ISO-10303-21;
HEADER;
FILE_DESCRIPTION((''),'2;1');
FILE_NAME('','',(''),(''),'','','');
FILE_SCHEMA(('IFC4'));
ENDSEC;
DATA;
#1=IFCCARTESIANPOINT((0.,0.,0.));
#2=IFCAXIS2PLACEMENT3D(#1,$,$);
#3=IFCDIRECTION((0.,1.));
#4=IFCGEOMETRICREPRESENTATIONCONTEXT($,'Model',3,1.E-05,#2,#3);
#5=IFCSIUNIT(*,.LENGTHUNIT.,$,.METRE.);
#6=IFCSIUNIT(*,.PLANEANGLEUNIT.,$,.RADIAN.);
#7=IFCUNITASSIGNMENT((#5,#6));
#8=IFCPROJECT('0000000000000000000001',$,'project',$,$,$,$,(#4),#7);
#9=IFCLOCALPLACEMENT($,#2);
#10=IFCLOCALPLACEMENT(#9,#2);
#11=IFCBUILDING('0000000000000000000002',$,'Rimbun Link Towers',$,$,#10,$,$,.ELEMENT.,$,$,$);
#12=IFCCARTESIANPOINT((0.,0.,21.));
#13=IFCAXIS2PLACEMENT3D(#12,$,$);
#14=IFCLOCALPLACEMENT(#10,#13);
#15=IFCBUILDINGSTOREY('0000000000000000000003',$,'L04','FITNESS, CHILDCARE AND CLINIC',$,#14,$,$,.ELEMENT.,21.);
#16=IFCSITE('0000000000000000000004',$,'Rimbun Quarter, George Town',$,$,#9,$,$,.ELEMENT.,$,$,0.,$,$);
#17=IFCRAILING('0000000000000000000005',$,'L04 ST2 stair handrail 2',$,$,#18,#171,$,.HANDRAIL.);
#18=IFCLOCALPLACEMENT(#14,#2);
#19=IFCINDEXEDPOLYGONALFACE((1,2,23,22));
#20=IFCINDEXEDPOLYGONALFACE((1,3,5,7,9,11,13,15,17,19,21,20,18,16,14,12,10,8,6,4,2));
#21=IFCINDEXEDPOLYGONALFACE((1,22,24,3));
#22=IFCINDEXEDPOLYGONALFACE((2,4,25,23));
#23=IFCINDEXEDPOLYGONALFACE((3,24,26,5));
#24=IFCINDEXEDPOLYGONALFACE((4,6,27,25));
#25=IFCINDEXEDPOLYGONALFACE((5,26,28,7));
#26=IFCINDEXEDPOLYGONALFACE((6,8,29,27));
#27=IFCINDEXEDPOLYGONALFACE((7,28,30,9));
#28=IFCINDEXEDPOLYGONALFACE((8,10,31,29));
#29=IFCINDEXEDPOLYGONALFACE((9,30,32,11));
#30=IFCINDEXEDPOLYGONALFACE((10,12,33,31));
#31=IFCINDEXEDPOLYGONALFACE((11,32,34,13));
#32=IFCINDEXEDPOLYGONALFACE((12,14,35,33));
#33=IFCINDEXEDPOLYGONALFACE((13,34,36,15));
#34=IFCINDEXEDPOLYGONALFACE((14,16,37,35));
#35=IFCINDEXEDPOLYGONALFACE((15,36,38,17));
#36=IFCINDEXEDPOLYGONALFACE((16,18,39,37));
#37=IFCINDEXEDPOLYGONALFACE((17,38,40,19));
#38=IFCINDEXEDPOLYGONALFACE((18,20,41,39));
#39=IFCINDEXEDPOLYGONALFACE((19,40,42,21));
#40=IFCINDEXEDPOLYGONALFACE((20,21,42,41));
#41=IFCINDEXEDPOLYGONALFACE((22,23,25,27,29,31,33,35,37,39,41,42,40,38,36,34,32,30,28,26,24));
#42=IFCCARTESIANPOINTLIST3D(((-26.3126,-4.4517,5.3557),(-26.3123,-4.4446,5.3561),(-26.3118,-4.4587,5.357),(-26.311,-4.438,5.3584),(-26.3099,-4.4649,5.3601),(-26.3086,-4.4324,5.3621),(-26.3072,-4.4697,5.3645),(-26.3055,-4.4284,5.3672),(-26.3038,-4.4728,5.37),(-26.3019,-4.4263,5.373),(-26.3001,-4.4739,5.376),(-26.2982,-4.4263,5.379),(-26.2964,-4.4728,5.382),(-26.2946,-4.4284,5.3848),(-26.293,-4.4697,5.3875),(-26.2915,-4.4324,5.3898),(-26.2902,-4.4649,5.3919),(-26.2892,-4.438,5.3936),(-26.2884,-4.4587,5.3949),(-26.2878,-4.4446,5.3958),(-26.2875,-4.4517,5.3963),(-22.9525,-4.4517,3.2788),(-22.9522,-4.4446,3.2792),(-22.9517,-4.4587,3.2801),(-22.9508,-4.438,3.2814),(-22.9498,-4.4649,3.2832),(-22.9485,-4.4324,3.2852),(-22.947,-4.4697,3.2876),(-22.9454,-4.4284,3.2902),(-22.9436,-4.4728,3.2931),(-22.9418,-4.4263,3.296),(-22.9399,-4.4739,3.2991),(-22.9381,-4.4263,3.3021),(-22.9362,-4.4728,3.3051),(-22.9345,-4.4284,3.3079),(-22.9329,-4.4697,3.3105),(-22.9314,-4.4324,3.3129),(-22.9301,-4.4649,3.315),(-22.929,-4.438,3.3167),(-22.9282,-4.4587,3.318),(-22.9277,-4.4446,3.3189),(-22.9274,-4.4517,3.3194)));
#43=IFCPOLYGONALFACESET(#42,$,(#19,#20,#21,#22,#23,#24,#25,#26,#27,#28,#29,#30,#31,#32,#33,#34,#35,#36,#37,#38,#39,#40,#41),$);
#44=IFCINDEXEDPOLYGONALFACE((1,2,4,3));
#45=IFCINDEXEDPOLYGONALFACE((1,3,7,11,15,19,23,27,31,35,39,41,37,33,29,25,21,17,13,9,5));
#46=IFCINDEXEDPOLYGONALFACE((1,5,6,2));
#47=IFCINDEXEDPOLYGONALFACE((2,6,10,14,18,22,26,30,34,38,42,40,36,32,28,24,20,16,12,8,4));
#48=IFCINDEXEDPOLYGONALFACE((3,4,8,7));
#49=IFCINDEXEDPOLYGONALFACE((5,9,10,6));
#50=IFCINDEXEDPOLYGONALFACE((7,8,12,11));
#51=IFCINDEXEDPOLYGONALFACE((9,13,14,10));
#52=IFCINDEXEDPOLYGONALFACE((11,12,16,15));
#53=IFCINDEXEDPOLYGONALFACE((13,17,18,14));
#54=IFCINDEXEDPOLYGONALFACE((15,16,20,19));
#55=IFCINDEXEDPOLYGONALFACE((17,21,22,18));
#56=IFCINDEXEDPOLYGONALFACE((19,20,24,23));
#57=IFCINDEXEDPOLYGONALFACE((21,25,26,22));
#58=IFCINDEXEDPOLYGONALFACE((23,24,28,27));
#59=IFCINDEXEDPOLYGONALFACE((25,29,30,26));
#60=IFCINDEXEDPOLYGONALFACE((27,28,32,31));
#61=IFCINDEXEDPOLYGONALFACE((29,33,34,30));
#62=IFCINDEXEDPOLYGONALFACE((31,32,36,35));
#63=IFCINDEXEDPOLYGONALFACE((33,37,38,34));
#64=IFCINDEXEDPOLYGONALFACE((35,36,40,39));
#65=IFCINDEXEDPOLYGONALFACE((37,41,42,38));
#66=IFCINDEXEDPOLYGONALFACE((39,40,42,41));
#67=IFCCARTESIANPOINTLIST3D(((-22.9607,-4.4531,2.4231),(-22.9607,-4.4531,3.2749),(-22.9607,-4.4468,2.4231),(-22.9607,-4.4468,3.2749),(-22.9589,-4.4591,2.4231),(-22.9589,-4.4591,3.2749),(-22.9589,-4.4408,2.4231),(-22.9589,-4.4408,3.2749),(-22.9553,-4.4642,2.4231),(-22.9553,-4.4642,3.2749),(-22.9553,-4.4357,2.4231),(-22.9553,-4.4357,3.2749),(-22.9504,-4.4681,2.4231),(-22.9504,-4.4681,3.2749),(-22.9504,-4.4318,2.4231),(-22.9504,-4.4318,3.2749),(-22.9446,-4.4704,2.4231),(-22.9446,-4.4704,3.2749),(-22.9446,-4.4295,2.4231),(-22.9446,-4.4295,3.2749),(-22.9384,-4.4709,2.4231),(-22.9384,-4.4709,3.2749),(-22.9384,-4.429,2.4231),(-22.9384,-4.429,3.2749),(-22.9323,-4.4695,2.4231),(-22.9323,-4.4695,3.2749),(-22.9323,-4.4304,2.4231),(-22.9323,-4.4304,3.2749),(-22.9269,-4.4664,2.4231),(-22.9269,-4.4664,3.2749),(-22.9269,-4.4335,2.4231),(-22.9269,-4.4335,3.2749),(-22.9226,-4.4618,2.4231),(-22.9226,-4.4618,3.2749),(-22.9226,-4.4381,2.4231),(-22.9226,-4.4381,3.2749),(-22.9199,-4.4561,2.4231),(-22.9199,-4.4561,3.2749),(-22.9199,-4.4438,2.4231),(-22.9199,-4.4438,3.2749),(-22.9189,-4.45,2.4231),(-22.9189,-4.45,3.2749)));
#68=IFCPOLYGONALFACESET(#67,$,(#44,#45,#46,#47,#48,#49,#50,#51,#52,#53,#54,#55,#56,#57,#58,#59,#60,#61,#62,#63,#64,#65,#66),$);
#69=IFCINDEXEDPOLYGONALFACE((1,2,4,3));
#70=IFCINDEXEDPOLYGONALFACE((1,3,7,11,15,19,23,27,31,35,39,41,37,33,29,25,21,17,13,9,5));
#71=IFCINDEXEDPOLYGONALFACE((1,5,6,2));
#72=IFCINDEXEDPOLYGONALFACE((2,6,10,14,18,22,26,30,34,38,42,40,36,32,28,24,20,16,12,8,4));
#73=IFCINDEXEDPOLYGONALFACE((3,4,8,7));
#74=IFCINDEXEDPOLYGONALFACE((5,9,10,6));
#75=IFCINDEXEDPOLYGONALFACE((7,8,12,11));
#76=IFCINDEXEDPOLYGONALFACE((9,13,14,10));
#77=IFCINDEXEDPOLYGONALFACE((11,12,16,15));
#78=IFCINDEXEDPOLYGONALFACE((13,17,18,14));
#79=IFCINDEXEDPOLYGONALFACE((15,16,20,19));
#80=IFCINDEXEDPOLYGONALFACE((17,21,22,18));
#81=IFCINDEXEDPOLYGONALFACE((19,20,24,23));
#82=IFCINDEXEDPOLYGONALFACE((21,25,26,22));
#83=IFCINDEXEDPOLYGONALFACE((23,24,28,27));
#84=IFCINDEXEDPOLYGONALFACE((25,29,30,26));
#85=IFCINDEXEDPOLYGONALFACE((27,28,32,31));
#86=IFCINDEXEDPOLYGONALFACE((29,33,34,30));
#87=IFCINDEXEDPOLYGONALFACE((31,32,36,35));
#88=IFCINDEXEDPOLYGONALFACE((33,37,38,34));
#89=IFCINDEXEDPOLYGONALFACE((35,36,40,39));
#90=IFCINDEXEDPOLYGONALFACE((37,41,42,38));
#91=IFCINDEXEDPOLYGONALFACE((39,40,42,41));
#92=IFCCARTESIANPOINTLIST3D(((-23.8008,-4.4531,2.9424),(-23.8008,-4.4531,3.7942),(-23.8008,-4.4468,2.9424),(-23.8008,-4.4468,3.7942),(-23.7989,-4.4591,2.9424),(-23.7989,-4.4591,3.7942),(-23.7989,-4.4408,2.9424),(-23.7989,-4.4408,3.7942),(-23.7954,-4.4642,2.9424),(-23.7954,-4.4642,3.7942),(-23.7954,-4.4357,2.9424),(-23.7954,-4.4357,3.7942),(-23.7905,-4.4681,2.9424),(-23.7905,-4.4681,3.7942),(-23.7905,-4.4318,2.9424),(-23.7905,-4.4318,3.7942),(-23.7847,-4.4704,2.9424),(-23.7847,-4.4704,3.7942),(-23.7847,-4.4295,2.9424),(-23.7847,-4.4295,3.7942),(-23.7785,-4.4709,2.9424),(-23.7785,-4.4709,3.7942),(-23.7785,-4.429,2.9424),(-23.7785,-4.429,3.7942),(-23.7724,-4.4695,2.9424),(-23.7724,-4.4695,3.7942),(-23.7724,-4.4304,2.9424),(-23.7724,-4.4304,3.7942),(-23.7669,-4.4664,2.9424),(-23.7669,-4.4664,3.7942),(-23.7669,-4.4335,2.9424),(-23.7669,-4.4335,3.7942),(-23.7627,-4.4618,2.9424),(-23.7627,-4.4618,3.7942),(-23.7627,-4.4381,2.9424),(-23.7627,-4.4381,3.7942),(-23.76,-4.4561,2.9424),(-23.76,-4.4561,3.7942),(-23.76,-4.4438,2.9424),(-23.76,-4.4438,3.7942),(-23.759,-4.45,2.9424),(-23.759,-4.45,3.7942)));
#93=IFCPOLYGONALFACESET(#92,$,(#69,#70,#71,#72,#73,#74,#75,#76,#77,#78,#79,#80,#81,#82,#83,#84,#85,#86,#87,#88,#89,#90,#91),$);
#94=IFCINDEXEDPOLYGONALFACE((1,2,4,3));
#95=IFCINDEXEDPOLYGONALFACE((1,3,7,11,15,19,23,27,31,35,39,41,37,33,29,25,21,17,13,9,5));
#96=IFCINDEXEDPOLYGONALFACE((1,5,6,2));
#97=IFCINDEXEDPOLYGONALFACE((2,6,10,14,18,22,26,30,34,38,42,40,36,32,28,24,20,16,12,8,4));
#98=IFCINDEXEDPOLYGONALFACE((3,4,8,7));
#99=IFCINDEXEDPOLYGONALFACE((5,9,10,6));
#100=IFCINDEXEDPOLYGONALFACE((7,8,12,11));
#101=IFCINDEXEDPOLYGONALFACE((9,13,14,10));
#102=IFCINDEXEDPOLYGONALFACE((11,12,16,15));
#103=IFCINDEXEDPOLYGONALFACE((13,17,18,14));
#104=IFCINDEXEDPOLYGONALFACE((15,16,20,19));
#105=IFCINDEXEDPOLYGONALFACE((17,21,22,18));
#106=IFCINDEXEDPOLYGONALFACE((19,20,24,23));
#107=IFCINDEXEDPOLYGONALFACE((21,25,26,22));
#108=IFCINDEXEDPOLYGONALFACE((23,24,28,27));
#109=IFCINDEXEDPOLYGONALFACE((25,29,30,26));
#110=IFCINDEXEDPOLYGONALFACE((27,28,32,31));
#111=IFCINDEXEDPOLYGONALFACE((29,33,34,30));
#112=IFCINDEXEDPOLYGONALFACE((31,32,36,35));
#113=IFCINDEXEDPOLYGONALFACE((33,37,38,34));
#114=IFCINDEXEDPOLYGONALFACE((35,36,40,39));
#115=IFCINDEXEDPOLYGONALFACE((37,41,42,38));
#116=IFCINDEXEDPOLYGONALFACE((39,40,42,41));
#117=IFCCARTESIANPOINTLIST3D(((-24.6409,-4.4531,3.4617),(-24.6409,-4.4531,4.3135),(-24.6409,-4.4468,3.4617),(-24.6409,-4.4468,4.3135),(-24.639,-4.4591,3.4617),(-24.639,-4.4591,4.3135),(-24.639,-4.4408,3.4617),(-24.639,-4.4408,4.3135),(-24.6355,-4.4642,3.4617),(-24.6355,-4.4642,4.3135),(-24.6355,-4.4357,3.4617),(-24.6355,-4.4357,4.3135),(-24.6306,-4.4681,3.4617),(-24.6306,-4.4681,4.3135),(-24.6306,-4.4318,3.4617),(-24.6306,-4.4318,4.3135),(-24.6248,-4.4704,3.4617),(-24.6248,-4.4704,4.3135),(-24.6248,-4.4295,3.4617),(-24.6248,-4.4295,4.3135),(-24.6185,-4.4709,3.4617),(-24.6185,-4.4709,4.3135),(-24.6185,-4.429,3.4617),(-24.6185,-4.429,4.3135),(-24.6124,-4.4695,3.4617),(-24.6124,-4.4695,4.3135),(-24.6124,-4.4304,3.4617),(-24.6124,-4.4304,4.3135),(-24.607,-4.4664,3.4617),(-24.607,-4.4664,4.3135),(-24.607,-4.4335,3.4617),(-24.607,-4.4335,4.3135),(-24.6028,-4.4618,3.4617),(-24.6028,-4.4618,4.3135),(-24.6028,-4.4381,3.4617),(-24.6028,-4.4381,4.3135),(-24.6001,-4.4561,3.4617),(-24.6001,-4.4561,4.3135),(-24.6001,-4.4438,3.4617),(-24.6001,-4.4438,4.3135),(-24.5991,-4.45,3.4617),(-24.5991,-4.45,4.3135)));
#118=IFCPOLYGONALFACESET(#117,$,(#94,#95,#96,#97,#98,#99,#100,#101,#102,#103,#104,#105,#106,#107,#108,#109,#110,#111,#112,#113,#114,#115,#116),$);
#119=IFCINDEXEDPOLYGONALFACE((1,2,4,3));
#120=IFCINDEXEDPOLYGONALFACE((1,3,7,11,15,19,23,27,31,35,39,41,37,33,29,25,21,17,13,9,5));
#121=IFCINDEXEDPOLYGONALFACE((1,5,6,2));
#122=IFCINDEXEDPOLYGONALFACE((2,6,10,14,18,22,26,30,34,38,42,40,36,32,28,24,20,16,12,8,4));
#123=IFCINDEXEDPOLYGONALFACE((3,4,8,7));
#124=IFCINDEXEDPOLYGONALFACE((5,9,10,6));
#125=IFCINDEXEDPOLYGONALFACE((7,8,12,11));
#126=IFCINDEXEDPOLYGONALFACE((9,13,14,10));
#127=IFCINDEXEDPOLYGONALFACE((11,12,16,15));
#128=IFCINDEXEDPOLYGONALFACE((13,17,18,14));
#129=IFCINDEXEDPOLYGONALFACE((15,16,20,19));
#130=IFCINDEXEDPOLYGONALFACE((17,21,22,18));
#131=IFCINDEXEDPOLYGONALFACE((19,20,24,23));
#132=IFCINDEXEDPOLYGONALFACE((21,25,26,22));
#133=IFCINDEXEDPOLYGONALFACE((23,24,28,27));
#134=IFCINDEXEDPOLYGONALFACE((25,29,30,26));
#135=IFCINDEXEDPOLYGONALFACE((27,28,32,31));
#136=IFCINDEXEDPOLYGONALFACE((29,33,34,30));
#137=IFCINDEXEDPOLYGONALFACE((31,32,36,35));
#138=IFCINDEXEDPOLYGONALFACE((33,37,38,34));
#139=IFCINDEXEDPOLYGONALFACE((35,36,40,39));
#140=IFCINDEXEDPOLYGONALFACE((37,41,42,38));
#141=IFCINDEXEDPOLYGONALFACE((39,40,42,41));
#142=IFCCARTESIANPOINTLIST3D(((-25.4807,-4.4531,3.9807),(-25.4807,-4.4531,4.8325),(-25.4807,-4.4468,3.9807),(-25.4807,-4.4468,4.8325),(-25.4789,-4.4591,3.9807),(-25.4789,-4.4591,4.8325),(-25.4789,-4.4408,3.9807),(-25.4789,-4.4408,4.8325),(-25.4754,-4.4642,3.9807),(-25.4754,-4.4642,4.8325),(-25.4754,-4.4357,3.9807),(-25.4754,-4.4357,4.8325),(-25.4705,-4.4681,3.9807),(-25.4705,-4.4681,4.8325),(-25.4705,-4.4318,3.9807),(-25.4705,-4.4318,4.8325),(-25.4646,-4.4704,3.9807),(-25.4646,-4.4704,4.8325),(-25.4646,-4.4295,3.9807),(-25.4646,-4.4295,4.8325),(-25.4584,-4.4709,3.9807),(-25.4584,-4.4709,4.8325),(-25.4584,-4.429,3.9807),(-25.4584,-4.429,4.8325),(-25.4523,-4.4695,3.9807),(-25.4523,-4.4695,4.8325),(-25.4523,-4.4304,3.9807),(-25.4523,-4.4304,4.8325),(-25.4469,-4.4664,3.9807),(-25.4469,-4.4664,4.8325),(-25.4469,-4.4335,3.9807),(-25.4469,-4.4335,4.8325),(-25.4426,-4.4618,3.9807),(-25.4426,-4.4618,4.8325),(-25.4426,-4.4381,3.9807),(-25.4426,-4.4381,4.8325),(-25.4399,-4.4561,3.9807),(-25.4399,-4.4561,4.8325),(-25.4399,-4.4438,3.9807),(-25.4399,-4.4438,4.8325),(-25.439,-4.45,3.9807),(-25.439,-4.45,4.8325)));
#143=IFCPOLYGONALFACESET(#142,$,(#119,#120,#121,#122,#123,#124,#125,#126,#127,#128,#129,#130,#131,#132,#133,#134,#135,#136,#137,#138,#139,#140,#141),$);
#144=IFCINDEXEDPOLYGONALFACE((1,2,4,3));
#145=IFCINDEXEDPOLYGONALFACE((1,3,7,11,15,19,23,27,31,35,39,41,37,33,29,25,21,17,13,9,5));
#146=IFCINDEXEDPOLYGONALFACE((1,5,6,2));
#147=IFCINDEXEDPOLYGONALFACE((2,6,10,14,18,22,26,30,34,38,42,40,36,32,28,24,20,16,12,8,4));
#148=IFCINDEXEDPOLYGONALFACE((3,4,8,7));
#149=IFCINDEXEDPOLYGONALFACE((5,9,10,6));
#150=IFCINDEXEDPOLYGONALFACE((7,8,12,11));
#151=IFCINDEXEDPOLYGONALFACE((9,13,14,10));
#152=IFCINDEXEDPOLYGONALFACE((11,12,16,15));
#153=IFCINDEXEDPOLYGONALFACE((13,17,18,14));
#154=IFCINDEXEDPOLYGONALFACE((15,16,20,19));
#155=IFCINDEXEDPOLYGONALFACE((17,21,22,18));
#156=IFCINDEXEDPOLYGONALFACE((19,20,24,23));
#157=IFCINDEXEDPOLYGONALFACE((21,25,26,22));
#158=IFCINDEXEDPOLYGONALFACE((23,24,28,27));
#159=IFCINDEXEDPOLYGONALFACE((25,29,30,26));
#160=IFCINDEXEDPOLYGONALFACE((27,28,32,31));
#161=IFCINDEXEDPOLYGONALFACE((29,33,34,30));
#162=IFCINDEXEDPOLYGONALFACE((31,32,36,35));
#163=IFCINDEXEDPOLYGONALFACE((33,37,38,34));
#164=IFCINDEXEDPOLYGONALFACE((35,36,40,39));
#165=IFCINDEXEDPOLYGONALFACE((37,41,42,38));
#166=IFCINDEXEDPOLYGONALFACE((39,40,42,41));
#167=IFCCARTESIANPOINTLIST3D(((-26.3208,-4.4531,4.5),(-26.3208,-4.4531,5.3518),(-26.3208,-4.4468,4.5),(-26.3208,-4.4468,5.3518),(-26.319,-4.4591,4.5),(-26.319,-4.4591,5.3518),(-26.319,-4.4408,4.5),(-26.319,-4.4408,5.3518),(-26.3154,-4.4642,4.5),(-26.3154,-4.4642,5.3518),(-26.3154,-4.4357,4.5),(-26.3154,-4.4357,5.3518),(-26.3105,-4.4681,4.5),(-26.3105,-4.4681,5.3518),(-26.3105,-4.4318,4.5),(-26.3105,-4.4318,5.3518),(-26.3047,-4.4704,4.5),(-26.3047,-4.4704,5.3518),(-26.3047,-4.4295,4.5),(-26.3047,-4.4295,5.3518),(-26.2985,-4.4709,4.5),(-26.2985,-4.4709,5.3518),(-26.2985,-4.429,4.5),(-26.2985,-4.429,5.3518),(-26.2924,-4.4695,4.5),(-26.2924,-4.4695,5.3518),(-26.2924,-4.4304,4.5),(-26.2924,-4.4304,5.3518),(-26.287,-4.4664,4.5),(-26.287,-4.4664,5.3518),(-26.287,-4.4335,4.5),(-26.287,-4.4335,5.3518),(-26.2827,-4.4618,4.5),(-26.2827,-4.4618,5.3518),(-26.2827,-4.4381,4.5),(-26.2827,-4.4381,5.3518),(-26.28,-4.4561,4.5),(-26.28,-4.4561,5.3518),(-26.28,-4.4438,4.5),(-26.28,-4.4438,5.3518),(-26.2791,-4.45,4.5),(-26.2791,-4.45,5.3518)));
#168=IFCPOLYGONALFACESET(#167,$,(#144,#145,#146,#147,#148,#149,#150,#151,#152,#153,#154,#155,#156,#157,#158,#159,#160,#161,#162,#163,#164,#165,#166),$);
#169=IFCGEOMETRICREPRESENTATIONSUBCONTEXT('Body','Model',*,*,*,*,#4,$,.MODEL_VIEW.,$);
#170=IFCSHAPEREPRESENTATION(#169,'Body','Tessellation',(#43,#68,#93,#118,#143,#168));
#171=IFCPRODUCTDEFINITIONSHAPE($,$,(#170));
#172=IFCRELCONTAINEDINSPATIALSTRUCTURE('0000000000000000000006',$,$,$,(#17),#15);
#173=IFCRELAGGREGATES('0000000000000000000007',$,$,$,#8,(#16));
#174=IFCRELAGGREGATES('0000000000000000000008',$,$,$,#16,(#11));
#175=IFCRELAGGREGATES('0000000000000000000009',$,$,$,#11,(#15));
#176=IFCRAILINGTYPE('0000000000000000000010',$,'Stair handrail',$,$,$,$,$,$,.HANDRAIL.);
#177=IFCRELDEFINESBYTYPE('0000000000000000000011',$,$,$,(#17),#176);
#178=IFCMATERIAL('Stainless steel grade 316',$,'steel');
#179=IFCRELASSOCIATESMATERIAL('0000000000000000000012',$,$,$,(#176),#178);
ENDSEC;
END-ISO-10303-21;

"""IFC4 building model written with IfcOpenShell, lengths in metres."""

from ifc_helpers import new_model, si_unit, direction, frame, origin, origin_2d, place, context, subcontext, project, spatial, circle, extrude, material, type_object, element, save


model = new_model("IFC4")

# Units and contexts
model_context = context("Model", 3, precision=1e-05, world=origin(), true_north=direction((0.0, 1.0)))
body_context = subcontext(model_context, "Body", "Model", "MODEL_VIEW")
ifc_project = project(units=[si_unit("LENGTHUNIT", "METRE"), si_unit("PLANEANGLEUNIT", "RADIAN")], contexts=[model_context])

# Site, building, storey
site_placement = place(None, origin())
site = spatial("IfcSite", under=ifc_project, at=site_placement, Name="Rimbun Quarter, George Town", CompositionType="ELEMENT", RefElevation=0.0)
building_placement = place(site_placement, origin())
building = spatial("IfcBuilding", under=site, at=building_placement, Name="Rimbun Link Towers", CompositionType="ELEMENT")
storey_placement = place(building_placement, frame((0.0, 0.0, 21.0)))
storey = spatial("IfcBuildingStorey", under=building, at=storey_placement, Name="L04", Description="FITNESS, CHILDCARE AND CLINIC", CompositionType="ELEMENT", Elevation=21.0)

# Railing
ifc_material_1 = material(Name="Stainless steel grade 316", Category="steel")
railing_type_1 = type_object("IfcRailingType", Name="Stair handrail", PredefinedType="HANDRAIL", material=ifc_material_1)
railing_1_placement = place(storey_placement, frame((-22.9399, -4.45, 2.4231)))
element("IfcRailing", 1, at=railing_1_placement, inside=storey, type_object=railing_type_1, Name="L04 ST2 stair handrail 2", PredefinedType="HANDRAIL", context=body_context, shape_type="SweptSolid", body=[
    extrude(circle(Radius=0.0239, at=origin_2d()), frame((0.0, 0.0, 0.876), z_axis=(-0.850623, 0.0, 0.525776), x_axis=(0.0, -1.0, 0.0)), (0.0, 0.0, 1.0), 3.9502),
    extrude(circle(Radius=0.021, at=origin_2d()), origin(), (0.0, 0.0, 1.0), 0.8518),
    extrude(circle(Radius=0.021, at=origin_2d()), frame((-0.8401, 0.0, 0.5193)), (0.0, 0.0, 1.0), 0.8518),
    extrude(circle(Radius=0.021, at=origin_2d()), frame((-1.6802, 0.0, 1.0386)), (0.0, 0.0, 1.0), 0.8518),
    extrude(circle(Radius=0.021, at=origin_2d()), frame((-2.52, 0.0, 1.5576)), (0.0, 0.0, 1.0), 0.8518),
    extrude(circle(Radius=0.021, at=origin_2d()), frame((-3.3601, 0.0, 2.0769)), (0.0, 0.0, 1.0), 0.8518),
])

save(model, "model.ifc")
